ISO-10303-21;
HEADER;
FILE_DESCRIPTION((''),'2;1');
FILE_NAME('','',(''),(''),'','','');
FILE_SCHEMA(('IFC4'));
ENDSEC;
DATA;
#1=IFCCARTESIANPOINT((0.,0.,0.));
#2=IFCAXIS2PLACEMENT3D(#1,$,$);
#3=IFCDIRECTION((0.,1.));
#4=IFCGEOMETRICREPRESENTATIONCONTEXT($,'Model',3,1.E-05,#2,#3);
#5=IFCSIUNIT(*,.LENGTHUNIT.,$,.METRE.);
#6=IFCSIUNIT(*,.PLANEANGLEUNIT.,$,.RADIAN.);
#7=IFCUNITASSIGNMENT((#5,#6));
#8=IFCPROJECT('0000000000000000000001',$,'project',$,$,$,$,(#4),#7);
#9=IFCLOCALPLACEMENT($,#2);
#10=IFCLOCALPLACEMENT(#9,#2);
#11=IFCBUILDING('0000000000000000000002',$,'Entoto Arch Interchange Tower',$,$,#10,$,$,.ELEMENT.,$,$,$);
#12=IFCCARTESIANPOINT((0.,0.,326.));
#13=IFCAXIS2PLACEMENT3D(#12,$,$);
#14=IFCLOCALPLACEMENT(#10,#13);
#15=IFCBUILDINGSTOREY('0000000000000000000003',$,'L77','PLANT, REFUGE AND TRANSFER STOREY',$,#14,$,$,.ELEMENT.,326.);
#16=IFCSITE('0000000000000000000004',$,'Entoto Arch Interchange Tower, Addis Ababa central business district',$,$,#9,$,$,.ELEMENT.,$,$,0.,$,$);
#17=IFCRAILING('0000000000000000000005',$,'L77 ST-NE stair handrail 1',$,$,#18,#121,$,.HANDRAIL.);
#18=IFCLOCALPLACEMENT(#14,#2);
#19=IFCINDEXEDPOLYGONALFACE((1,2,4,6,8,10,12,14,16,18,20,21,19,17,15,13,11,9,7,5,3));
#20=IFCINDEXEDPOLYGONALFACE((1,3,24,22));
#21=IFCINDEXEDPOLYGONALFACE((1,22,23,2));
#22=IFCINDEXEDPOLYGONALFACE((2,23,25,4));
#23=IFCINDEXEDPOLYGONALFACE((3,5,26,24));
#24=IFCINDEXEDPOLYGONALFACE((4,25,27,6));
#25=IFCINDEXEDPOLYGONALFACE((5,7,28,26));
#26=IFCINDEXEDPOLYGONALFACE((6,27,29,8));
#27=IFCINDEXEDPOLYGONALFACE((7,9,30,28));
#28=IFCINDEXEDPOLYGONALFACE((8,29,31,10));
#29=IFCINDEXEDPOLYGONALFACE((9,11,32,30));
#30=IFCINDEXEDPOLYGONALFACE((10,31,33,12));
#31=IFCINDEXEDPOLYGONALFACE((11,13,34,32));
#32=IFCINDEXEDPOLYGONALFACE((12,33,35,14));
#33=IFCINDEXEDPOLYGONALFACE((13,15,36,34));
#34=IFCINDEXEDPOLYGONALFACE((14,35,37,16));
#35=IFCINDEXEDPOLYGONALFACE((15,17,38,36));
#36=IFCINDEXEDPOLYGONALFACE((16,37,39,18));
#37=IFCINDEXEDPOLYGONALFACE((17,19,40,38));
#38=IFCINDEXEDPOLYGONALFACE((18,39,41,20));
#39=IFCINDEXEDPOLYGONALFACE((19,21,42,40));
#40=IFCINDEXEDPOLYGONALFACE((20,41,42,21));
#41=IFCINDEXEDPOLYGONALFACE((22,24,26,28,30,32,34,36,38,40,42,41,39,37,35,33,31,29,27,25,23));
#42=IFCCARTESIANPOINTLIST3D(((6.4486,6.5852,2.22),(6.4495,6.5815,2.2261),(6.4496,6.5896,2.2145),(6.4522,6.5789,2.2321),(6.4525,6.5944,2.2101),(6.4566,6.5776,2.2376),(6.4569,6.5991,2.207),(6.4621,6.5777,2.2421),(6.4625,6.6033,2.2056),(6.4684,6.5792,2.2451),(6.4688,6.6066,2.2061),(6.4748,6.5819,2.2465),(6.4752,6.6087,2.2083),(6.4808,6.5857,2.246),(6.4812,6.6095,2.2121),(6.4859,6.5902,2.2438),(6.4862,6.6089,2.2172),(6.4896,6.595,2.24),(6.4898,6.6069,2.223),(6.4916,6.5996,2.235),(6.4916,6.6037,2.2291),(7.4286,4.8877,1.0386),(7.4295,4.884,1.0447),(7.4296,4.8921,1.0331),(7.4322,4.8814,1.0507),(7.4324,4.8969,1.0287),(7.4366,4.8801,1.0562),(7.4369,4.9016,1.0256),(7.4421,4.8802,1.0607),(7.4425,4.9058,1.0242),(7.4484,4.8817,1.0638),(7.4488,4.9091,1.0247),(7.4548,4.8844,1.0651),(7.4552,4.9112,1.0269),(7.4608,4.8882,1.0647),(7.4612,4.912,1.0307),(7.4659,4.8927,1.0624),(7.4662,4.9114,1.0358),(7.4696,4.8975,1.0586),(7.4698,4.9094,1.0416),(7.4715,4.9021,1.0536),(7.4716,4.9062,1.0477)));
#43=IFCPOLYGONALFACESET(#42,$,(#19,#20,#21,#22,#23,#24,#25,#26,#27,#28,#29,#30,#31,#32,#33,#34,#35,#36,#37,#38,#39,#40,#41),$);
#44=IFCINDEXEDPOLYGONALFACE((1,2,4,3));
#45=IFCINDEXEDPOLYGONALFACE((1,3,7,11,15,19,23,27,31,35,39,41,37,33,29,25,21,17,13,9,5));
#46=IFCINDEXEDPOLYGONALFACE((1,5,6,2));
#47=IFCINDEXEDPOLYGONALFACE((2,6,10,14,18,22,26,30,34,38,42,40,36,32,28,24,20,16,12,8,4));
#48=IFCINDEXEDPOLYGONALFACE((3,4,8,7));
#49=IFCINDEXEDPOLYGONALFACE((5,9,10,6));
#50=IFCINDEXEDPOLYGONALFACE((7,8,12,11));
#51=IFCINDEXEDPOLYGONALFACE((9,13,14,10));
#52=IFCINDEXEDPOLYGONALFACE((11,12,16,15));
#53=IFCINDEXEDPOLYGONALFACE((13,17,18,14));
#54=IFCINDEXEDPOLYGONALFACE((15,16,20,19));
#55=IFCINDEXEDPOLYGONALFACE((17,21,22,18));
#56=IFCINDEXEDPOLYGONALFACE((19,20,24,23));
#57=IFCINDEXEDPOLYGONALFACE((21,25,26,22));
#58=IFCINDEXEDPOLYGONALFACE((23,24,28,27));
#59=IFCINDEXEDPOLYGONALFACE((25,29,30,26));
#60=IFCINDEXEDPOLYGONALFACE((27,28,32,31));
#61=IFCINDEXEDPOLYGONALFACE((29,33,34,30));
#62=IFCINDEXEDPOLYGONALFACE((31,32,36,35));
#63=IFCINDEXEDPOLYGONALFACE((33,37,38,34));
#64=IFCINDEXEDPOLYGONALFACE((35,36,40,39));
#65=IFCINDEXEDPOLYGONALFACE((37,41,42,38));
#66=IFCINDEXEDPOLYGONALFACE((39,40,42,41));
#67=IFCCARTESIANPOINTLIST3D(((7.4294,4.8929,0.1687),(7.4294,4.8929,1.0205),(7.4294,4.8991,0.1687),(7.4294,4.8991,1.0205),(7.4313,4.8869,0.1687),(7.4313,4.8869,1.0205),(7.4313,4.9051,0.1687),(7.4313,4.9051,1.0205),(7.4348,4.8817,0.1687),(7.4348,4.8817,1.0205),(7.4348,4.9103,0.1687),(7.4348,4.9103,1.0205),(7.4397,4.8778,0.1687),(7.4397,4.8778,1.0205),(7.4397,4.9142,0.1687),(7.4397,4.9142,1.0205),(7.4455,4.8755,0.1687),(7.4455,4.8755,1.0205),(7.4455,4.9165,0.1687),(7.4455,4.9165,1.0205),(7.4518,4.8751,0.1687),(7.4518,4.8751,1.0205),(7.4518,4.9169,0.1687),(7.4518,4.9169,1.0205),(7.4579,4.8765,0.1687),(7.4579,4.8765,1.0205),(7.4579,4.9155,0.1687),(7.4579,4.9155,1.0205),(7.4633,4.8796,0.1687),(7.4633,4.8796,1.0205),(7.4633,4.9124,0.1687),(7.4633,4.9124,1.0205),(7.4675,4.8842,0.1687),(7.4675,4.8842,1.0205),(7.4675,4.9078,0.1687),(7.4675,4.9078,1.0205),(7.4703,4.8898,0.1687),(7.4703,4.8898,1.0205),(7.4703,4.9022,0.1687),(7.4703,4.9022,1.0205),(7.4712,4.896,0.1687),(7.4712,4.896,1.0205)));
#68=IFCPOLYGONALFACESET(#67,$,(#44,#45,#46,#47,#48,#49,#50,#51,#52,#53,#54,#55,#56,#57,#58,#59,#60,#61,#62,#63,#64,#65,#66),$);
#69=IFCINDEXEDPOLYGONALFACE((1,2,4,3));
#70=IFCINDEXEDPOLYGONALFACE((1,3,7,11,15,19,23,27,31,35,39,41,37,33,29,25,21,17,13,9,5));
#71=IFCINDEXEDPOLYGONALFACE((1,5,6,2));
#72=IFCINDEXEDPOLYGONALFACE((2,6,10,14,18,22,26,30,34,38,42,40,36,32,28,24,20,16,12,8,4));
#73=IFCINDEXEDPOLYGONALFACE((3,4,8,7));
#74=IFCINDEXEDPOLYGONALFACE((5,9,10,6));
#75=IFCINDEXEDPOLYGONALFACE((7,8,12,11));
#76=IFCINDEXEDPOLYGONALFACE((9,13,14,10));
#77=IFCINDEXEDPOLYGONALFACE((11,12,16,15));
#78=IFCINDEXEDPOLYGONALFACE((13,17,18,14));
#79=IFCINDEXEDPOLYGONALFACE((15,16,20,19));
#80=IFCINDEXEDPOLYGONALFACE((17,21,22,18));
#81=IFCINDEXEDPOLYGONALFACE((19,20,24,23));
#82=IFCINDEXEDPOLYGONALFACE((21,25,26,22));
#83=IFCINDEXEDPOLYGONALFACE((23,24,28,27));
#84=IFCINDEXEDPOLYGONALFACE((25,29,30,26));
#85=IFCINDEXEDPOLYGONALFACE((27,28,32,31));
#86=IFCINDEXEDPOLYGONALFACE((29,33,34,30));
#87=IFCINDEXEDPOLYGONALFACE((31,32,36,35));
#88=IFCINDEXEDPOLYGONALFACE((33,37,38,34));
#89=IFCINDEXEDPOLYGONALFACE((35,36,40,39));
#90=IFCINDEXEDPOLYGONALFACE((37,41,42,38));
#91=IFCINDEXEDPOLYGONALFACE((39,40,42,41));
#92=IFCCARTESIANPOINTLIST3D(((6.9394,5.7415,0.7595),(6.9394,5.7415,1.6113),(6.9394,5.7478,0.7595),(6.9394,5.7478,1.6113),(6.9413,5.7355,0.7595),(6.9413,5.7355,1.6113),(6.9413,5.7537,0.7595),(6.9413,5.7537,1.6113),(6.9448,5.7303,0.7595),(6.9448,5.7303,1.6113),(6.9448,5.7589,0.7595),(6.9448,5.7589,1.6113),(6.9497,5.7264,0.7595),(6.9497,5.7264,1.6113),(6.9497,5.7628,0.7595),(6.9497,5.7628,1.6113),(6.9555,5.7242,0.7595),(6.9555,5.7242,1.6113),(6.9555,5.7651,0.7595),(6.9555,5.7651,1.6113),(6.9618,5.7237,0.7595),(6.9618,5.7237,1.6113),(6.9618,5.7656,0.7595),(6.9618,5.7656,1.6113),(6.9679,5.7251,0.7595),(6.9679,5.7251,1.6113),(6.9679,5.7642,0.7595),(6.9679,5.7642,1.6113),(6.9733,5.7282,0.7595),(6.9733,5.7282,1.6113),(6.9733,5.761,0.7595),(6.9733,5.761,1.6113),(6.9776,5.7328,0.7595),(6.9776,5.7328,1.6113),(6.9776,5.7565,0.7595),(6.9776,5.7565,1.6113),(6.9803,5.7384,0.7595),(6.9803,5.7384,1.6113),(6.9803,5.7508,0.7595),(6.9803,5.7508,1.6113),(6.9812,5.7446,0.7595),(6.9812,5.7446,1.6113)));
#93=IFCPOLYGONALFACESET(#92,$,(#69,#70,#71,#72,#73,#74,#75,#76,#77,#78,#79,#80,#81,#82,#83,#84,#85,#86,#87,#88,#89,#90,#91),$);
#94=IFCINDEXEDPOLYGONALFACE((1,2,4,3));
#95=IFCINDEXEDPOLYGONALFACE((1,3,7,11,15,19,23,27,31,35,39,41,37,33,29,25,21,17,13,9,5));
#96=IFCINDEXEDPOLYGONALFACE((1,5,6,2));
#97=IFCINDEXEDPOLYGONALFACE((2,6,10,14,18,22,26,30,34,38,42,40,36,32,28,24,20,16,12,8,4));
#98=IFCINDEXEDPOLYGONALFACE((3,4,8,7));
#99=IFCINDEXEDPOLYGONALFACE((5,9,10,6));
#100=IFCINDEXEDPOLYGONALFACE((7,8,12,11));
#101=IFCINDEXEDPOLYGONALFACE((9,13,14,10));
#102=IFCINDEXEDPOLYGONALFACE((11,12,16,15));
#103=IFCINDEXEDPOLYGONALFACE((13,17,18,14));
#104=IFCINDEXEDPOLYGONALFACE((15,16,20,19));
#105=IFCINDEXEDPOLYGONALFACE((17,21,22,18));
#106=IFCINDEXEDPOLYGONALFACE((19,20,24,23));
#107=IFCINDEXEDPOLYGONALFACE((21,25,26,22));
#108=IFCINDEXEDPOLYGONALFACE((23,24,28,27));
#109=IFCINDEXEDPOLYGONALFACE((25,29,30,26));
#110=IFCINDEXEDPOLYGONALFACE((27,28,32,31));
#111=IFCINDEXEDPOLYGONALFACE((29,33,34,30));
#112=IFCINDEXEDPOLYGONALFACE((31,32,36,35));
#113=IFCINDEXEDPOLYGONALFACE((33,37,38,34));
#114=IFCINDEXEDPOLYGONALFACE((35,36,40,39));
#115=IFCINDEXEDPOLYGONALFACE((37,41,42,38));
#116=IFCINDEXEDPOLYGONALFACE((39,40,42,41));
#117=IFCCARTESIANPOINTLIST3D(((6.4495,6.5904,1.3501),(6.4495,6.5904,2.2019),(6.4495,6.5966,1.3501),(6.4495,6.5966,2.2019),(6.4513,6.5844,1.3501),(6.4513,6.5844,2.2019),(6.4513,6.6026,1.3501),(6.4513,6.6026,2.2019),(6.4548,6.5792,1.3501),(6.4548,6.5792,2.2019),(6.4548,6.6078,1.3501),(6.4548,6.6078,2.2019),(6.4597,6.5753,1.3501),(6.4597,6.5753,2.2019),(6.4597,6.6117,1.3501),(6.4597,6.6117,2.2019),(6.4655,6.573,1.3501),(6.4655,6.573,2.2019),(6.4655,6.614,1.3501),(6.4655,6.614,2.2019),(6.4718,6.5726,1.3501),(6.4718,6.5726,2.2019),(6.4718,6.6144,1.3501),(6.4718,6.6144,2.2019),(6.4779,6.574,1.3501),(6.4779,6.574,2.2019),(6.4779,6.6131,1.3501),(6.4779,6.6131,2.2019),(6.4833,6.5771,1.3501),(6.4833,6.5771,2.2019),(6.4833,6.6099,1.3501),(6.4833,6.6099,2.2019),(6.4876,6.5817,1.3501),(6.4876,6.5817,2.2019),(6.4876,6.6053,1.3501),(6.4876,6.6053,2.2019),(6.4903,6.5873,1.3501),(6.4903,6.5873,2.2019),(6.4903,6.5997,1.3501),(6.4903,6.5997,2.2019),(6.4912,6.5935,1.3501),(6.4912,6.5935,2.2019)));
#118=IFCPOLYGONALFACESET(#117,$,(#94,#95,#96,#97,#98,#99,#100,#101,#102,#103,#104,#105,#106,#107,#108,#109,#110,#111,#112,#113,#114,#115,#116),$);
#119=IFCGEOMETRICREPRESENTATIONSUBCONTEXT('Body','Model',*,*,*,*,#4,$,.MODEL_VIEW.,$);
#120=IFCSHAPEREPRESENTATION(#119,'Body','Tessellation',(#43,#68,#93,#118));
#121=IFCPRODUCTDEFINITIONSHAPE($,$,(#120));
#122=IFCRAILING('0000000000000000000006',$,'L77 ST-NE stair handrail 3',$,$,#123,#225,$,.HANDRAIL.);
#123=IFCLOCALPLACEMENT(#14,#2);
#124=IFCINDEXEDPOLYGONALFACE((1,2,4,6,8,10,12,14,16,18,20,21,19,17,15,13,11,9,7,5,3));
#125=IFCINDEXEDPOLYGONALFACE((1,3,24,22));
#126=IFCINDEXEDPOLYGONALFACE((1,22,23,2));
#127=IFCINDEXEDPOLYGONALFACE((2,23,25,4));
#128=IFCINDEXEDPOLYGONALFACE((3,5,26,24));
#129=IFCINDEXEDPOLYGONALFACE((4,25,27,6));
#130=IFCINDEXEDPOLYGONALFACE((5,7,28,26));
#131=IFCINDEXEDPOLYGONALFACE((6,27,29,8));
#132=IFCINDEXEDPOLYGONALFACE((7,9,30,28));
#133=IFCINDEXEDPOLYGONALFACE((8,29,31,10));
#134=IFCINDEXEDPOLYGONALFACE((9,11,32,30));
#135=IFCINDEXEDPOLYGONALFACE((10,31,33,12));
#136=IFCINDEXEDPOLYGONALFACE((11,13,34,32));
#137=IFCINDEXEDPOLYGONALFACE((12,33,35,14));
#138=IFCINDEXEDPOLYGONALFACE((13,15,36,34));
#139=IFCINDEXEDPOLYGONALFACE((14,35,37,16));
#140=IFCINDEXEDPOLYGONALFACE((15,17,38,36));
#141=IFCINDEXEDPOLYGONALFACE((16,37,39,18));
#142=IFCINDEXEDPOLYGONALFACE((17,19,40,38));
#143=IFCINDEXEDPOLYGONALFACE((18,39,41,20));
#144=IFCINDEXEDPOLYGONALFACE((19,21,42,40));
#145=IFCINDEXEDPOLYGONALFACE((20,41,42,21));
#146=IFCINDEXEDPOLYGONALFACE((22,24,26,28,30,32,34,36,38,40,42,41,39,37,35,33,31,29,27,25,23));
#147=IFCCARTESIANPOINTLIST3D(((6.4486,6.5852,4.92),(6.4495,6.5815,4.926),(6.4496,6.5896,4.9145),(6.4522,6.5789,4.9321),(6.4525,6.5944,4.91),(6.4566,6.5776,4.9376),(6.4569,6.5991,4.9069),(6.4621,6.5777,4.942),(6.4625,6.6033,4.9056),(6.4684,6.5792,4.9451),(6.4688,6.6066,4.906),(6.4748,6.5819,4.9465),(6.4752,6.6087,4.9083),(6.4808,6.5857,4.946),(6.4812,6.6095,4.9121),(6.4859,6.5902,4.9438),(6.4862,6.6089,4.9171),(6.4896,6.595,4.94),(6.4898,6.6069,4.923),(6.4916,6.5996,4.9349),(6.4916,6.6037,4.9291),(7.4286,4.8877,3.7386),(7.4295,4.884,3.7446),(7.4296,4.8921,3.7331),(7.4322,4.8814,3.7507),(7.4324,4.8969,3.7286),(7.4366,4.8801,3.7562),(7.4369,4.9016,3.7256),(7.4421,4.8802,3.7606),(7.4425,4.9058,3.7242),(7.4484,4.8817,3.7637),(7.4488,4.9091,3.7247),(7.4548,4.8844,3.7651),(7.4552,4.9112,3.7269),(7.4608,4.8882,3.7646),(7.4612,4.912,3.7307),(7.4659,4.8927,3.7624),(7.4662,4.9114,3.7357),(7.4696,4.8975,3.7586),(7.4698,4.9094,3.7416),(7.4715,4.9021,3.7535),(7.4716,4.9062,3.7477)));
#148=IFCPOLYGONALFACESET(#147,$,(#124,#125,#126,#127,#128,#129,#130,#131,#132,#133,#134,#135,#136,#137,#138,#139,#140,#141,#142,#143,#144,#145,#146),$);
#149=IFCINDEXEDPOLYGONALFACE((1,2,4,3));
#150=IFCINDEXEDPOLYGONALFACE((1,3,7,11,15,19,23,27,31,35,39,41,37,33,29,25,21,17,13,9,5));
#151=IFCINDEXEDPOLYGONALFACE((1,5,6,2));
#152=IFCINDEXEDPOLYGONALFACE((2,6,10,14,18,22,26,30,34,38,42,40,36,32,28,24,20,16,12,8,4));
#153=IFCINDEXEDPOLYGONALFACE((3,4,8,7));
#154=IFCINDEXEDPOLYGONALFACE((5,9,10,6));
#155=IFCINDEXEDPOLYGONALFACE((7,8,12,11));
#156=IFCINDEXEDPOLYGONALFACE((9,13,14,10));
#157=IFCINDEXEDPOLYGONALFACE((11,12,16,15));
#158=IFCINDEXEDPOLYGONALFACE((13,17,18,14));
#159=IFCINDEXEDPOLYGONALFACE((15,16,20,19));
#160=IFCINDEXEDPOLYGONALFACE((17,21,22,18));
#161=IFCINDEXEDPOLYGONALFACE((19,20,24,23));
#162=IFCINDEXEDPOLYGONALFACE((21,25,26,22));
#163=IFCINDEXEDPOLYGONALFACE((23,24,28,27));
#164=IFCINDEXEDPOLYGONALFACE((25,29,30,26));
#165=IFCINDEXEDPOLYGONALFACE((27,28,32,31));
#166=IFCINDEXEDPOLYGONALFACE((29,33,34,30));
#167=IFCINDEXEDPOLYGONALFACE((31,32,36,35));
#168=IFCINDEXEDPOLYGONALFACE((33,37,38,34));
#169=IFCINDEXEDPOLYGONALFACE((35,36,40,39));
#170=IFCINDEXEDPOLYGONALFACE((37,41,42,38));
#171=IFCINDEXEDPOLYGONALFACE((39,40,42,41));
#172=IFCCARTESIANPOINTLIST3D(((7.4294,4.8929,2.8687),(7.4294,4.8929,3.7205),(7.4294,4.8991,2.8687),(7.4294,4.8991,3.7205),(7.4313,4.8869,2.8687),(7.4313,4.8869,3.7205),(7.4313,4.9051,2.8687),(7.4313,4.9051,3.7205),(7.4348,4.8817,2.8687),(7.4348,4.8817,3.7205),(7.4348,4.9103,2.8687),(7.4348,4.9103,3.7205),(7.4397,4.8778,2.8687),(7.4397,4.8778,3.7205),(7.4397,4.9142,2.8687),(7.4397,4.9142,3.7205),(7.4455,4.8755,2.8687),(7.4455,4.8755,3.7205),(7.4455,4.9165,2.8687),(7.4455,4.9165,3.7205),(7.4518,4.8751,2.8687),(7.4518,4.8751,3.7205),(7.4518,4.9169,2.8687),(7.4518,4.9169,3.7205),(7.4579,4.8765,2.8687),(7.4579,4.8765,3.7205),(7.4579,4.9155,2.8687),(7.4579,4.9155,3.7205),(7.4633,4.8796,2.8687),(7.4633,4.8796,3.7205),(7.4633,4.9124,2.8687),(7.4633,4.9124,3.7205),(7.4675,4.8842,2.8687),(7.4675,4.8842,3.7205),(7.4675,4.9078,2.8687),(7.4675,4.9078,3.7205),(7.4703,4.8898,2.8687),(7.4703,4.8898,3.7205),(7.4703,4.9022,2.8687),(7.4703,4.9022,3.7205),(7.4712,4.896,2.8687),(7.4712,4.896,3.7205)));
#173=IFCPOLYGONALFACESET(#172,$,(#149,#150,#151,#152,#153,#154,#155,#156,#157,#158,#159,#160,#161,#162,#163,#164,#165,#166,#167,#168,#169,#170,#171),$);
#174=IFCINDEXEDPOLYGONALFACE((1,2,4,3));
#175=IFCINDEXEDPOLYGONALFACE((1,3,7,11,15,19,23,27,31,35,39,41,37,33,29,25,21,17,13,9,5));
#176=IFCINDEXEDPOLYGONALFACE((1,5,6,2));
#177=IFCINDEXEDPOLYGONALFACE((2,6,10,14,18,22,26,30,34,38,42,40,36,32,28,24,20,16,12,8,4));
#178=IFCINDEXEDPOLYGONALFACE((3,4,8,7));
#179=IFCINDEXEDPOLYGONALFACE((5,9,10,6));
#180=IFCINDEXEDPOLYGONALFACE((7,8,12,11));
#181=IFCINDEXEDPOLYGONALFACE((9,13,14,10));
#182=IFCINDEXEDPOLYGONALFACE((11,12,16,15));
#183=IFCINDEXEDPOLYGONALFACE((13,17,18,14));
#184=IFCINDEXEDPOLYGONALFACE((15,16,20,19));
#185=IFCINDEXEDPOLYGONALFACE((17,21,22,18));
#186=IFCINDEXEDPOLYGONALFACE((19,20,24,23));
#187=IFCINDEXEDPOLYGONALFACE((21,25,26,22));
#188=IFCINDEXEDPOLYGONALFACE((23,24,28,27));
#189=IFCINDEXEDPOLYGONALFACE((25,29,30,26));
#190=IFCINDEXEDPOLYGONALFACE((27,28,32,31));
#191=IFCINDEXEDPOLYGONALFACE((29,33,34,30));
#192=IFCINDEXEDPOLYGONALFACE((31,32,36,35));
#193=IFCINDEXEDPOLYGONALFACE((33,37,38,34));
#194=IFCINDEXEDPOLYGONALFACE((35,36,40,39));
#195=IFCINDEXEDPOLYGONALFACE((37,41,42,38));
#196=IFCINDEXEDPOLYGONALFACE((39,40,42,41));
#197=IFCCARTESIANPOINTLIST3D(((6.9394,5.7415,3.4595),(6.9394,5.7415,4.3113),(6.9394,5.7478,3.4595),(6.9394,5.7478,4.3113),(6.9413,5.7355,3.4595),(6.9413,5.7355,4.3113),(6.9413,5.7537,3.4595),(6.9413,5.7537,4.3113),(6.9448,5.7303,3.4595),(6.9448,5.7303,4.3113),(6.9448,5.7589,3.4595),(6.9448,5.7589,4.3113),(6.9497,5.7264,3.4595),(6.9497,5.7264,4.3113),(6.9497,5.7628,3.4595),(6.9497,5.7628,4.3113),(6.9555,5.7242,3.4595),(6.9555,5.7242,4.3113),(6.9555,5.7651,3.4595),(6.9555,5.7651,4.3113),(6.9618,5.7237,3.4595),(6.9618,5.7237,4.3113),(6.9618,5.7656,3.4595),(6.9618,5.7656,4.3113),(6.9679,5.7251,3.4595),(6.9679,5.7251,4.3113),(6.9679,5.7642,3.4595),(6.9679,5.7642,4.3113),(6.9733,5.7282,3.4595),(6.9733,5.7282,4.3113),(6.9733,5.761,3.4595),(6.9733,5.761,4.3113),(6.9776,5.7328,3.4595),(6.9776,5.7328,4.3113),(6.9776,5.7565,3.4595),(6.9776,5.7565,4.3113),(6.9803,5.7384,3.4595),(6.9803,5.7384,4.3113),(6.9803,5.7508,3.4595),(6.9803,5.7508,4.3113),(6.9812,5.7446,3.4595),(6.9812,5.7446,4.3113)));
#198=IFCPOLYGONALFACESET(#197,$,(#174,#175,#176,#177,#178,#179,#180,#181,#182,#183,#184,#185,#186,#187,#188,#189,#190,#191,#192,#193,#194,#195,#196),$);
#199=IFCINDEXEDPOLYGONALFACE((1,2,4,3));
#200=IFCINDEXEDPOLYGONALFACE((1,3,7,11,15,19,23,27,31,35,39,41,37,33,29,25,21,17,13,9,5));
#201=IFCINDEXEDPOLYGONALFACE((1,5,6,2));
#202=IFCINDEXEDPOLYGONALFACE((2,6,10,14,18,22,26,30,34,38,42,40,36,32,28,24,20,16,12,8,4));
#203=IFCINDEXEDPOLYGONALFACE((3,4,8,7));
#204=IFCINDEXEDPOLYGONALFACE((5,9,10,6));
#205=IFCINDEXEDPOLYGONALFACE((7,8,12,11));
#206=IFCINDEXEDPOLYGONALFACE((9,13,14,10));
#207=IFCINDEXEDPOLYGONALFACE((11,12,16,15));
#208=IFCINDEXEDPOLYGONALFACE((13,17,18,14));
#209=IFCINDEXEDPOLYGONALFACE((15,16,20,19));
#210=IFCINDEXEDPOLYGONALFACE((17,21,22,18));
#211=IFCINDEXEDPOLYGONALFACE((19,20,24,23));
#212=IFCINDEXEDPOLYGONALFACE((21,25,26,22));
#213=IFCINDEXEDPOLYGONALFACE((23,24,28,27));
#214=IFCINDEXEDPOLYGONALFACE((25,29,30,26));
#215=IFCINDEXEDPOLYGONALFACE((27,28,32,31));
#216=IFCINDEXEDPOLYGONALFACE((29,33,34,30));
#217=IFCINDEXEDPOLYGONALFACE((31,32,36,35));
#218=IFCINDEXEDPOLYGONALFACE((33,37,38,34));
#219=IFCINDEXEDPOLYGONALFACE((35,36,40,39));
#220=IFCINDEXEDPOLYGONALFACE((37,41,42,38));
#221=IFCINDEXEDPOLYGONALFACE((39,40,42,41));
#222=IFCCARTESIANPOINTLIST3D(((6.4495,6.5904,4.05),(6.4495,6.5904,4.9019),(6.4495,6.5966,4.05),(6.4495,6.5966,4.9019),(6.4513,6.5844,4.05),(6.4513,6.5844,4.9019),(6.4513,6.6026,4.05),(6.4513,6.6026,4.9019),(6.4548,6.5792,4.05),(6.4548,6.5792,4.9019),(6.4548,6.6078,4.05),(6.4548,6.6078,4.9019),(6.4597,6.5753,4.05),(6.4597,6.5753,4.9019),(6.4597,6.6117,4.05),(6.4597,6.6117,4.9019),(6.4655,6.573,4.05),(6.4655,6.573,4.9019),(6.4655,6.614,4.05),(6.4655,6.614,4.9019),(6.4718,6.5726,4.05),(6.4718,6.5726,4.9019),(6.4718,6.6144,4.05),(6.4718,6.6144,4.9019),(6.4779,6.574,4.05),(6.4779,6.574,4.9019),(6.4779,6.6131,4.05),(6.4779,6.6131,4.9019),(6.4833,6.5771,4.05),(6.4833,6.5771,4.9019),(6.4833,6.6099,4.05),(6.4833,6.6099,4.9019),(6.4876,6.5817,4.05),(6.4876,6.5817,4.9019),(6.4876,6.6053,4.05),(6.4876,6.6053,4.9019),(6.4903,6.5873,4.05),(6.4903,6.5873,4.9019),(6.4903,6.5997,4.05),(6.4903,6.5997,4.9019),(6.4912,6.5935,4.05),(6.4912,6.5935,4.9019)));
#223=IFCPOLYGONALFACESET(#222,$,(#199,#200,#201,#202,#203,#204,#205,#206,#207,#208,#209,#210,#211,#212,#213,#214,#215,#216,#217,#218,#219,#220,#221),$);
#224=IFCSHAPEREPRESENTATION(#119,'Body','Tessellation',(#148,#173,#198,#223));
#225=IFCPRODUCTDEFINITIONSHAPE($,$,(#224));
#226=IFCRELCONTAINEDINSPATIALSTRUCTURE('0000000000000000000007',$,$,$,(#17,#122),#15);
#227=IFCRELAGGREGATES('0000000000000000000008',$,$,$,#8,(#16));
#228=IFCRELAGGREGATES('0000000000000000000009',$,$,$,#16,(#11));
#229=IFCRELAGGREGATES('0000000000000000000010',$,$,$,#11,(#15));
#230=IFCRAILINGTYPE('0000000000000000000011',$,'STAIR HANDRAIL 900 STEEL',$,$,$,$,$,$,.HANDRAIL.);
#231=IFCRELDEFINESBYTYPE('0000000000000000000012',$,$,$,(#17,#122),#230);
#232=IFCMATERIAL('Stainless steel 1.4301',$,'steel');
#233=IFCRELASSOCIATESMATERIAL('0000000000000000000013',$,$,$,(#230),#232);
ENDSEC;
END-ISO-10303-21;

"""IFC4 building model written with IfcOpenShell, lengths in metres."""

from ifc_helpers import new_model, si_unit, direction, frame, origin, origin_2d, place, context, subcontext, project, spatial, circle, extrude, material, type_object, element, save


model = new_model("IFC4")

# Units and contexts
model_context = context("Model", 3, precision=1e-05, world=origin(), true_north=direction((0.0, 1.0)))
body_context = subcontext(model_context, "Body", "Model", "MODEL_VIEW")
ifc_project = project(units=[si_unit("LENGTHUNIT", "METRE"), si_unit("PLANEANGLEUNIT", "RADIAN")], contexts=[model_context])

# Site, building, storey
site_placement = place(None, origin())
site = spatial("IfcSite", under=ifc_project, at=site_placement, Name="Entoto Arch Interchange Tower, Addis Ababa central business district", CompositionType="ELEMENT", RefElevation=0.0)
building_placement = place(site_placement, origin())
building = spatial("IfcBuilding", under=site, at=building_placement, Name="Entoto Arch Interchange Tower", CompositionType="ELEMENT")
storey_placement = place(building_placement, frame((0.0, 0.0, 326.0)))
storey = spatial("IfcBuildingStorey", under=building, at=storey_placement, Name="L77", Description="PLANT, REFUGE AND TRANSFER STOREY", CompositionType="ELEMENT", Elevation=326.0)

# Railings
ifc_material_1 = material(Name="Stainless steel 1.4301", Category="steel")
railing_type_1 = type_object("IfcRailingType", Name="STAIR HANDRAIL 900 STEEL", PredefinedType="HANDRAIL", material=ifc_material_1)
for number, where, name in (
    (1, (7.4502, 4.896, 0.1687), "L77 ST-NE stair handrail 1"),
    (2, (7.4502, 4.896, 2.8687), "L77 ST-NE stair handrail 3"),
):
    element("IfcRailing", number, at=place(storey_placement, frame(where)), inside=storey, type_object=railing_type_1, Name=name, PredefinedType="HANDRAIL", context=body_context, shape_type="SweptSolid", body=[
        extrude(circle(Radius=0.0239, at=origin_2d()), frame((0.0, 0.0, 0.876), z_axis=(-0.428205, 0.741731, 0.516214), x_axis=(-0.866042, -0.49997, 0.0)), (0.0, 0.0, 1.0), 2.2886),
        extrude(circle(Radius=0.021, at=origin_2d()), origin(), (0.0, 0.0, 1.0), 0.8518),
        extrude(circle(Radius=0.021, at=origin_2d()), frame((-0.49, 0.8486, 0.5908)), (0.0, 0.0, 1.0), 0.8518),
        extrude(circle(Radius=0.021, at=origin_2d()), frame((-0.98, 1.6975, 1.1814)), (0.0, 0.0, 1.0), 0.8518),
    ])

save(model, "model.ifc")
